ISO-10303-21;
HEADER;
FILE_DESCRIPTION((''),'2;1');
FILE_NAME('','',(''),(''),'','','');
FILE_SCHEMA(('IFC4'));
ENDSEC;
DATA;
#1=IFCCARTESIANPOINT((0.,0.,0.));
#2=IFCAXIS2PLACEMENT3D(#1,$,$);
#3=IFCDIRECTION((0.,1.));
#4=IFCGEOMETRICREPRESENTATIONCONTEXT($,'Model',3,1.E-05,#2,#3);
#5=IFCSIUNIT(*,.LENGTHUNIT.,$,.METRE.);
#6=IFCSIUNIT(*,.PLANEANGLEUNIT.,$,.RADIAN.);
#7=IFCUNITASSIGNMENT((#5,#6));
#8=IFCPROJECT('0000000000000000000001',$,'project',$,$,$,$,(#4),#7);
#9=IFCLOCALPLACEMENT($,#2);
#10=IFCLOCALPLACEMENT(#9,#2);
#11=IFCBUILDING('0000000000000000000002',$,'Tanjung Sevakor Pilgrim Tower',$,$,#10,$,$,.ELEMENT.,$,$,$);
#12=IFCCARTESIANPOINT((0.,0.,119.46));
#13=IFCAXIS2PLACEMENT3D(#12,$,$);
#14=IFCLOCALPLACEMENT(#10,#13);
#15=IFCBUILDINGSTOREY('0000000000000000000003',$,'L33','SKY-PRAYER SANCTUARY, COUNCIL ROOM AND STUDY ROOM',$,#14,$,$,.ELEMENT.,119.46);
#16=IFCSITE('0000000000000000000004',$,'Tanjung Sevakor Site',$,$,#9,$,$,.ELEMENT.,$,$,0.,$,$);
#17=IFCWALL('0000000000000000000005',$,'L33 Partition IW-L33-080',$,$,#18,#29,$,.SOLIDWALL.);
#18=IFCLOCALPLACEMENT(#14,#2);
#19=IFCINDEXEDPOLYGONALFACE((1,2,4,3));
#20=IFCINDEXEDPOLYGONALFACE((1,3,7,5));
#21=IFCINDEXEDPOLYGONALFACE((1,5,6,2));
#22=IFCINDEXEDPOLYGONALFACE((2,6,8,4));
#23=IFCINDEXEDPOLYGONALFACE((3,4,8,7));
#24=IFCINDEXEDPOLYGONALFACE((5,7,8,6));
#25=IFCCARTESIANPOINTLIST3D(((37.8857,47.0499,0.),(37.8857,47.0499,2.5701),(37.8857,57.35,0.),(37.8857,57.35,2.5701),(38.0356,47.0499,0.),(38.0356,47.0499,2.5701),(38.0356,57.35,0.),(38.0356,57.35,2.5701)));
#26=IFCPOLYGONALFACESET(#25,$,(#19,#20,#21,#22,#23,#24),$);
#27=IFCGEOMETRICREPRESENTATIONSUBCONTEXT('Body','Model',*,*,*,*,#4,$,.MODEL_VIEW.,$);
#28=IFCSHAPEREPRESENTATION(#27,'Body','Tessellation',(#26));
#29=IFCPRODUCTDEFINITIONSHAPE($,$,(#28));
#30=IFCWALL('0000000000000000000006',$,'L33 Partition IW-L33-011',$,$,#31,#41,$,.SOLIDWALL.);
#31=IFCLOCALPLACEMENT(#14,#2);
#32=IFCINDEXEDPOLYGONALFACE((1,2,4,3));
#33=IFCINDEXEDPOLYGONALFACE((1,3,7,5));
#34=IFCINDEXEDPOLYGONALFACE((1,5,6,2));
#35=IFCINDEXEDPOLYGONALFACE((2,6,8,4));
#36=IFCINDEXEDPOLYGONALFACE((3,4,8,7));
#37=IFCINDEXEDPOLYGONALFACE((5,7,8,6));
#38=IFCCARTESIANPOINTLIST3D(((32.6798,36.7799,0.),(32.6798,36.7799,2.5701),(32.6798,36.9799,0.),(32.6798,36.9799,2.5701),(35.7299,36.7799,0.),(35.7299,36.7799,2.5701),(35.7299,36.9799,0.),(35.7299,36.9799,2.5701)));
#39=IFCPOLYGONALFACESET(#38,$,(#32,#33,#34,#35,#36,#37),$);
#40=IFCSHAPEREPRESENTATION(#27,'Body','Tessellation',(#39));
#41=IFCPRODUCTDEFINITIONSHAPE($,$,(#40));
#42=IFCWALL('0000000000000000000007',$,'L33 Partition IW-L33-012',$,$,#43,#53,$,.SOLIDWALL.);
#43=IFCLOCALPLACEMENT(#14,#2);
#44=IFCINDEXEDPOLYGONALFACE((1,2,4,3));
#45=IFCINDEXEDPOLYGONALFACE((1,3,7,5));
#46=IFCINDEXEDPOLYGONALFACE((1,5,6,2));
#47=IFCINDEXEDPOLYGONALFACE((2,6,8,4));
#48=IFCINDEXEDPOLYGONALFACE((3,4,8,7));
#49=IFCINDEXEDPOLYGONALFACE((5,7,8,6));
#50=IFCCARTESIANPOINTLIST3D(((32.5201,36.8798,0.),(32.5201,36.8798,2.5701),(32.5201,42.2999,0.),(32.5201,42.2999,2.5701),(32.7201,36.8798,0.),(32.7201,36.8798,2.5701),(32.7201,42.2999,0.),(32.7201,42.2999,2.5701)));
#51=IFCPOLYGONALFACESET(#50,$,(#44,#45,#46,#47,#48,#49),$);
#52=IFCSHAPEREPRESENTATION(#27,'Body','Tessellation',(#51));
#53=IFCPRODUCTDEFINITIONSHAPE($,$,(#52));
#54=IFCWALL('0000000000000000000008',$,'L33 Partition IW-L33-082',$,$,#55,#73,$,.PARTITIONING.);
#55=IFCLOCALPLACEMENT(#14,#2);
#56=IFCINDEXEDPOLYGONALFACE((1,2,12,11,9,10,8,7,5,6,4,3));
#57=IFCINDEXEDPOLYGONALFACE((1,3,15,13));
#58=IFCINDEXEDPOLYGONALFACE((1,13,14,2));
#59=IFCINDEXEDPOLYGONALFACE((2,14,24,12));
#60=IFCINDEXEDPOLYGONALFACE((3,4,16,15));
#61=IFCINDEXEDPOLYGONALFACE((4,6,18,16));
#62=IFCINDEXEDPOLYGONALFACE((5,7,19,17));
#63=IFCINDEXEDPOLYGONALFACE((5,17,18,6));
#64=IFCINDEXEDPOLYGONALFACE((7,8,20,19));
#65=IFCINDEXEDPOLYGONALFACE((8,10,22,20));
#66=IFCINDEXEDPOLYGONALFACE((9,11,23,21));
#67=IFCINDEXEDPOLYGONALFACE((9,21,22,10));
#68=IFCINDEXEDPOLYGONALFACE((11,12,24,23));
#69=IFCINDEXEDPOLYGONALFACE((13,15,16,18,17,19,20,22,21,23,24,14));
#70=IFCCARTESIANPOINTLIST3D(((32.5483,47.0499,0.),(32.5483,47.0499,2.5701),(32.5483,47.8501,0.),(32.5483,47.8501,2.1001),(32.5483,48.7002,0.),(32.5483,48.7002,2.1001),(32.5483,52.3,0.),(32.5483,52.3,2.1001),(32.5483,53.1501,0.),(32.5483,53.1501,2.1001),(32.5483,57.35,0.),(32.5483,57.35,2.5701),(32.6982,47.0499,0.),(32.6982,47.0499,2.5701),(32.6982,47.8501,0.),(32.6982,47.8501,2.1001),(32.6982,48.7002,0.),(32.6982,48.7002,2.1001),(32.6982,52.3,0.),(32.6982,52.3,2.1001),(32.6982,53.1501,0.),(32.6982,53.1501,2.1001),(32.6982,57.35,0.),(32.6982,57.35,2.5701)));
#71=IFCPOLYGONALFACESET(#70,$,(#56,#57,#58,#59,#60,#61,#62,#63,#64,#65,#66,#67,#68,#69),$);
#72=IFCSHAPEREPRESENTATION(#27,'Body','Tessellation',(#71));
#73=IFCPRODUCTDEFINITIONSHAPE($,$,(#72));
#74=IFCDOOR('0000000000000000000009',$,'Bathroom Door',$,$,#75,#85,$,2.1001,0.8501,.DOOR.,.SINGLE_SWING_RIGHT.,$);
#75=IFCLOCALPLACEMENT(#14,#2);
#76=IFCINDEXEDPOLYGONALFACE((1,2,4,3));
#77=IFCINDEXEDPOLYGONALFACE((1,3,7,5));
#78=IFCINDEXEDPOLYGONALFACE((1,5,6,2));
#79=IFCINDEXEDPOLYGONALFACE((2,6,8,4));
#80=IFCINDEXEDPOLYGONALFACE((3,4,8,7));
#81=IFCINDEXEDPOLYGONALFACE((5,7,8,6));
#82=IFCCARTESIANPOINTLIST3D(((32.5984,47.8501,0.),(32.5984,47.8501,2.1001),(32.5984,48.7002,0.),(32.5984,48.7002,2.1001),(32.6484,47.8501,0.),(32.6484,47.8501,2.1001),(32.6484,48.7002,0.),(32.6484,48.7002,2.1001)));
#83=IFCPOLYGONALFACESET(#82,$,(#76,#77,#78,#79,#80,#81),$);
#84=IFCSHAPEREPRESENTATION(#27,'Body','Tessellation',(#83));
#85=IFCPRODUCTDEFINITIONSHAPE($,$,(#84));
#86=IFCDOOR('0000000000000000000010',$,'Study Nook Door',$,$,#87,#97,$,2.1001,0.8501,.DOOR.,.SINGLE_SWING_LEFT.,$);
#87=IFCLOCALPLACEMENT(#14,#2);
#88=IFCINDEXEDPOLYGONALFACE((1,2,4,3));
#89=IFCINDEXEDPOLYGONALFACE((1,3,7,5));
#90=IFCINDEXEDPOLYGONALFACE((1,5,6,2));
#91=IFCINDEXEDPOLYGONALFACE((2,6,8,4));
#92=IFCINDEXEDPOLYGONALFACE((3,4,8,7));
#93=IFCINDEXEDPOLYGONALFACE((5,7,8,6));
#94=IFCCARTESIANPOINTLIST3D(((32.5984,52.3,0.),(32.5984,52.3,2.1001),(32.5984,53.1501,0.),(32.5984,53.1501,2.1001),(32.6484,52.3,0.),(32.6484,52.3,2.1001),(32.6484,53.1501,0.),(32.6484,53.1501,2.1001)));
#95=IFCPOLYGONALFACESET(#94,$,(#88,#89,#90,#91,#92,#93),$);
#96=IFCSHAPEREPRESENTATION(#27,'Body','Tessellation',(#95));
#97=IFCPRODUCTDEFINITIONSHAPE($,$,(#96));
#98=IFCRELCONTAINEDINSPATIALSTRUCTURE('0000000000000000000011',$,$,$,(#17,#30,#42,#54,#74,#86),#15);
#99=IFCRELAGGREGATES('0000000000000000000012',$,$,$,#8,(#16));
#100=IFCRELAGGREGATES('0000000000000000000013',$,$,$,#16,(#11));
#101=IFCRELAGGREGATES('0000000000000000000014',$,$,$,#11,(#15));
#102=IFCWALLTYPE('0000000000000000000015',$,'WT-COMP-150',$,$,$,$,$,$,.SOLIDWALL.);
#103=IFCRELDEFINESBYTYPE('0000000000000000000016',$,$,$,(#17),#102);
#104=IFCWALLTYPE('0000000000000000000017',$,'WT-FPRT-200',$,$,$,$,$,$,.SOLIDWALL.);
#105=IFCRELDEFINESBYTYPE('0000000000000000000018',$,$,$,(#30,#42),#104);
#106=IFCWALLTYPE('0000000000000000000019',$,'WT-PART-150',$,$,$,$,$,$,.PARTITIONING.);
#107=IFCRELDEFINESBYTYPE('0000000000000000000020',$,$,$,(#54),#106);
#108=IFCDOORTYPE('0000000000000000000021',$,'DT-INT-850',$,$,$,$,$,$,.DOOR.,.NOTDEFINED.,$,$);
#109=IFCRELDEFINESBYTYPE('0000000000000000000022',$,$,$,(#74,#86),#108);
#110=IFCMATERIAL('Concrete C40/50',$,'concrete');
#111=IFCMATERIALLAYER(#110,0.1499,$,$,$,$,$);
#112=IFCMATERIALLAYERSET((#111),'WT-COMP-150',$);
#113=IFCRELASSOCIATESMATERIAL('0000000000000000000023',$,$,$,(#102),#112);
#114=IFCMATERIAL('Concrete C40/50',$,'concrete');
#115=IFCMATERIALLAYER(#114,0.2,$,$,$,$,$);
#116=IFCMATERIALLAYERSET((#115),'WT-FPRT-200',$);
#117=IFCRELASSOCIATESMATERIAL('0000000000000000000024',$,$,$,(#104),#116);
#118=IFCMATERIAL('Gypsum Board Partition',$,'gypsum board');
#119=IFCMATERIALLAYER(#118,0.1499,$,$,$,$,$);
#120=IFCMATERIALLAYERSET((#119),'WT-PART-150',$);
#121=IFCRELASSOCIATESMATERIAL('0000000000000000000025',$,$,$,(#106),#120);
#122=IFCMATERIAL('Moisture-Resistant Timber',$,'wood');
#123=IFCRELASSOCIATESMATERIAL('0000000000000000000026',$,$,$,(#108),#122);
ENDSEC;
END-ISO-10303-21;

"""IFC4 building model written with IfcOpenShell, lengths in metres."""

from ifc_helpers import new_model, si_unit, direction, frame, frame_2d, origin, place, context, subcontext, project, spatial, rectangle, extrude, material, layer, layer_set, type_object, element, fill, save


model = new_model("IFC4")

# Units and contexts
model_context = context("Model", 3, precision=1e-05, world=origin(), true_north=direction((0.0, 1.0)))
body_context = subcontext(model_context, "Body", "Model", "MODEL_VIEW")
ifc_project = project(units=[si_unit("LENGTHUNIT", "METRE"), si_unit("PLANEANGLEUNIT", "RADIAN")], contexts=[model_context])

# Site, building, storey
site_placement = place(None, origin())
site = spatial("IfcSite", under=ifc_project, at=site_placement, Name="Tanjung Sevakor Site", CompositionType="ELEMENT", RefElevation=0.0)
building_placement = place(site_placement, origin())
building = spatial("IfcBuilding", under=site, at=building_placement, Name="Tanjung Sevakor Pilgrim Tower", CompositionType="ELEMENT")
storey_placement = place(building_placement, frame((0.0, 0.0, 119.46)))
storey = spatial("IfcBuildingStorey", under=building, at=storey_placement, Name="L33", Description="SKY-PRAYER SANCTUARY, COUNCIL ROOM AND STUDY ROOM", CompositionType="ELEMENT", Elevation=119.46)

# Shared definitions
ifc_material_1 = material(Name="Concrete C40/50", Category="concrete")
ifc_layer_1 = layer(ifc_material_1, 0.1499)
ifc_layer_set_1 = layer_set([ifc_layer_1], Name="WT-COMP-150")
wall_type_1 = type_object("IfcWallType", Name="WT-COMP-150", PredefinedType="SOLIDWALL", material=ifc_layer_set_1)

# Walls
wall_1_placement = place(storey_placement, frame((37.9607, 47.05, 0.0), z_axis=(0.0, 0.0, 1.0), x_axis=(0.0, 1.0, 0.0)))
element("IfcWall", 1, at=wall_1_placement, inside=storey, type_object=wall_type_1, Name="L33 Partition IW-L33-080", PredefinedType="SOLIDWALL", context=body_context, shape_type="SweptSolid", body=[
    extrude(rectangle(XDim=10.3, YDim=0.1499, at=frame_2d((5.1499, 0.0))), origin(), (0.0, 0.0, 1.0), 2.5701),
])
ifc_material_2 = material(Name="Concrete C40/50", Category="concrete")
ifc_layer_2 = layer(ifc_material_2, 0.2)
ifc_layer_set_2 = layer_set([ifc_layer_2], Name="WT-FPRT-200")
wall_type_2 = type_object("IfcWallType", Name="WT-FPRT-200", PredefinedType="SOLIDWALL", material=ifc_layer_set_2)
wall_2_placement = place(storey_placement, frame((32.6799, 36.8799, 0.0), z_axis=(0.0, 0.0, 1.0), x_axis=(1.0, 0.0, 0.0)))
element("IfcWall", 2, at=wall_2_placement, inside=storey, type_object=wall_type_2, Name="L33 Partition IW-L33-011", PredefinedType="SOLIDWALL", context=body_context, shape_type="SweptSolid", body=[
    extrude(rectangle(XDim=3.05, YDim=0.2, at=frame_2d((1.5249, 0.0))), origin(), (0.0, 0.0, 1.0), 2.5701),
])
wall_3_placement = place(storey_placement, frame((32.6201, 36.8799, 0.0), z_axis=(0.0, 0.0, 1.0), x_axis=(0.0, 1.0, 0.0)))
element("IfcWall", 3, at=wall_3_placement, inside=storey, type_object=wall_type_2, Name="L33 Partition IW-L33-012", PredefinedType="SOLIDWALL", context=body_context, shape_type="SweptSolid", body=[
    extrude(rectangle(XDim=5.4202, YDim=0.2, at=frame_2d((2.71, 0.0))), origin(), (0.0, 0.0, 1.0), 2.5701),
])

# Wall, openings, doors
ifc_material_3 = material(Name="Gypsum Board Partition", Category="gypsum board")
ifc_layer_3 = layer(ifc_material_3, 0.1499)
ifc_layer_set_3 = layer_set([ifc_layer_3], Name="WT-PART-150")
wall_type_3 = type_object("IfcWallType", Name="WT-PART-150", PredefinedType="PARTITIONING", material=ifc_layer_set_3)
wall_4_placement = place(storey_placement, frame((32.6233, 47.05, 0.0), z_axis=(0.0, 0.0, 1.0), x_axis=(0.0, 1.0, 0.0)))
wall_4 = element("IfcWall", 4, at=wall_4_placement, inside=storey, type_object=wall_type_3, Name="L33 Partition IW-L33-082", PredefinedType="PARTITIONING", context=body_context, shape_type="SweptSolid", body=[
    extrude(rectangle(XDim=10.3, YDim=0.1499, at=frame_2d((5.1499, 0.0))), origin(), (0.0, 0.0, 1.0), 2.5701),
])
opening_1_placement = place(wall_4_placement, frame((0.8, 0.0, 0.0)))
opening_1 = element("IfcOpeningElement", 5, at=opening_1_placement, cuts=wall_4, PredefinedType="OPENING", context=body_context, shape_type="SweptSolid", body=[
    extrude(rectangle(XDim=0.8501, YDim=2.1001, at=frame_2d((0.425, 1.05))), frame((0.0, 0.085, 0.0), z_axis=(0.0, -1.0, 0.0), x_axis=(1.0, 0.0, 0.0)), (0.0, 0.0, 1.0), 0.1699),
])
opening_2_placement = place(wall_4_placement, frame((5.25, 0.0, 0.0)))
opening_2 = element("IfcOpeningElement", 6, at=opening_2_placement, cuts=wall_4, PredefinedType="OPENING", context=body_context, shape_type="SweptSolid", body=[
    extrude(rectangle(XDim=0.8501, YDim=2.1001, at=frame_2d((0.425, 1.05))), frame((0.0, 0.085, 0.0), z_axis=(0.0, -1.0, 0.0), x_axis=(1.0, 0.0, 0.0)), (0.0, 0.0, 1.0), 0.1699),
])
ifc_material_4 = material(Name="Moisture-Resistant Timber", Category="wood")
door_type_1 = type_object("IfcDoorType", Name="DT-INT-850", OperationType="NOTDEFINED", PredefinedType="DOOR", material=ifc_material_4)
door_1_placement = place(opening_1_placement, origin())
door_1 = element("IfcDoor", 7, at=door_1_placement, inside=storey, type_object=door_type_1, Name="Bathroom Door", OperationType="SINGLE_SWING_RIGHT", OverallHeight=2.1001, OverallWidth=0.8501, PredefinedType="DOOR", context=body_context, shape_type="SweptSolid", body=[
    extrude(rectangle(XDim=0.8501, YDim=2.1001, at=frame_2d((0.425, 1.05))), frame((0.0, 0.0249, 0.0), z_axis=(0.0, -1.0, 0.0), x_axis=(1.0, 0.0, 0.0)), (0.0, 0.0, 1.0), 0.05),
])
fill(opening_1, door_1)
door_2_placement = place(opening_2_placement, origin())
door_2 = element("IfcDoor", 8, at=door_2_placement, inside=storey, type_object=door_type_1, Name="Study Nook Door", OperationType="SINGLE_SWING_LEFT", OverallHeight=2.1001, OverallWidth=0.8501, PredefinedType="DOOR", context=body_context, shape_type="SweptSolid", body=[
    extrude(rectangle(XDim=0.8501, YDim=2.1001, at=frame_2d((0.425, 1.05))), frame((0.0, 0.0249, 0.0), z_axis=(0.0, -1.0, 0.0), x_axis=(1.0, 0.0, 0.0)), (0.0, 0.0, 1.0), 0.05),
])
fill(opening_2, door_2)

save(model, "model.ifc")
